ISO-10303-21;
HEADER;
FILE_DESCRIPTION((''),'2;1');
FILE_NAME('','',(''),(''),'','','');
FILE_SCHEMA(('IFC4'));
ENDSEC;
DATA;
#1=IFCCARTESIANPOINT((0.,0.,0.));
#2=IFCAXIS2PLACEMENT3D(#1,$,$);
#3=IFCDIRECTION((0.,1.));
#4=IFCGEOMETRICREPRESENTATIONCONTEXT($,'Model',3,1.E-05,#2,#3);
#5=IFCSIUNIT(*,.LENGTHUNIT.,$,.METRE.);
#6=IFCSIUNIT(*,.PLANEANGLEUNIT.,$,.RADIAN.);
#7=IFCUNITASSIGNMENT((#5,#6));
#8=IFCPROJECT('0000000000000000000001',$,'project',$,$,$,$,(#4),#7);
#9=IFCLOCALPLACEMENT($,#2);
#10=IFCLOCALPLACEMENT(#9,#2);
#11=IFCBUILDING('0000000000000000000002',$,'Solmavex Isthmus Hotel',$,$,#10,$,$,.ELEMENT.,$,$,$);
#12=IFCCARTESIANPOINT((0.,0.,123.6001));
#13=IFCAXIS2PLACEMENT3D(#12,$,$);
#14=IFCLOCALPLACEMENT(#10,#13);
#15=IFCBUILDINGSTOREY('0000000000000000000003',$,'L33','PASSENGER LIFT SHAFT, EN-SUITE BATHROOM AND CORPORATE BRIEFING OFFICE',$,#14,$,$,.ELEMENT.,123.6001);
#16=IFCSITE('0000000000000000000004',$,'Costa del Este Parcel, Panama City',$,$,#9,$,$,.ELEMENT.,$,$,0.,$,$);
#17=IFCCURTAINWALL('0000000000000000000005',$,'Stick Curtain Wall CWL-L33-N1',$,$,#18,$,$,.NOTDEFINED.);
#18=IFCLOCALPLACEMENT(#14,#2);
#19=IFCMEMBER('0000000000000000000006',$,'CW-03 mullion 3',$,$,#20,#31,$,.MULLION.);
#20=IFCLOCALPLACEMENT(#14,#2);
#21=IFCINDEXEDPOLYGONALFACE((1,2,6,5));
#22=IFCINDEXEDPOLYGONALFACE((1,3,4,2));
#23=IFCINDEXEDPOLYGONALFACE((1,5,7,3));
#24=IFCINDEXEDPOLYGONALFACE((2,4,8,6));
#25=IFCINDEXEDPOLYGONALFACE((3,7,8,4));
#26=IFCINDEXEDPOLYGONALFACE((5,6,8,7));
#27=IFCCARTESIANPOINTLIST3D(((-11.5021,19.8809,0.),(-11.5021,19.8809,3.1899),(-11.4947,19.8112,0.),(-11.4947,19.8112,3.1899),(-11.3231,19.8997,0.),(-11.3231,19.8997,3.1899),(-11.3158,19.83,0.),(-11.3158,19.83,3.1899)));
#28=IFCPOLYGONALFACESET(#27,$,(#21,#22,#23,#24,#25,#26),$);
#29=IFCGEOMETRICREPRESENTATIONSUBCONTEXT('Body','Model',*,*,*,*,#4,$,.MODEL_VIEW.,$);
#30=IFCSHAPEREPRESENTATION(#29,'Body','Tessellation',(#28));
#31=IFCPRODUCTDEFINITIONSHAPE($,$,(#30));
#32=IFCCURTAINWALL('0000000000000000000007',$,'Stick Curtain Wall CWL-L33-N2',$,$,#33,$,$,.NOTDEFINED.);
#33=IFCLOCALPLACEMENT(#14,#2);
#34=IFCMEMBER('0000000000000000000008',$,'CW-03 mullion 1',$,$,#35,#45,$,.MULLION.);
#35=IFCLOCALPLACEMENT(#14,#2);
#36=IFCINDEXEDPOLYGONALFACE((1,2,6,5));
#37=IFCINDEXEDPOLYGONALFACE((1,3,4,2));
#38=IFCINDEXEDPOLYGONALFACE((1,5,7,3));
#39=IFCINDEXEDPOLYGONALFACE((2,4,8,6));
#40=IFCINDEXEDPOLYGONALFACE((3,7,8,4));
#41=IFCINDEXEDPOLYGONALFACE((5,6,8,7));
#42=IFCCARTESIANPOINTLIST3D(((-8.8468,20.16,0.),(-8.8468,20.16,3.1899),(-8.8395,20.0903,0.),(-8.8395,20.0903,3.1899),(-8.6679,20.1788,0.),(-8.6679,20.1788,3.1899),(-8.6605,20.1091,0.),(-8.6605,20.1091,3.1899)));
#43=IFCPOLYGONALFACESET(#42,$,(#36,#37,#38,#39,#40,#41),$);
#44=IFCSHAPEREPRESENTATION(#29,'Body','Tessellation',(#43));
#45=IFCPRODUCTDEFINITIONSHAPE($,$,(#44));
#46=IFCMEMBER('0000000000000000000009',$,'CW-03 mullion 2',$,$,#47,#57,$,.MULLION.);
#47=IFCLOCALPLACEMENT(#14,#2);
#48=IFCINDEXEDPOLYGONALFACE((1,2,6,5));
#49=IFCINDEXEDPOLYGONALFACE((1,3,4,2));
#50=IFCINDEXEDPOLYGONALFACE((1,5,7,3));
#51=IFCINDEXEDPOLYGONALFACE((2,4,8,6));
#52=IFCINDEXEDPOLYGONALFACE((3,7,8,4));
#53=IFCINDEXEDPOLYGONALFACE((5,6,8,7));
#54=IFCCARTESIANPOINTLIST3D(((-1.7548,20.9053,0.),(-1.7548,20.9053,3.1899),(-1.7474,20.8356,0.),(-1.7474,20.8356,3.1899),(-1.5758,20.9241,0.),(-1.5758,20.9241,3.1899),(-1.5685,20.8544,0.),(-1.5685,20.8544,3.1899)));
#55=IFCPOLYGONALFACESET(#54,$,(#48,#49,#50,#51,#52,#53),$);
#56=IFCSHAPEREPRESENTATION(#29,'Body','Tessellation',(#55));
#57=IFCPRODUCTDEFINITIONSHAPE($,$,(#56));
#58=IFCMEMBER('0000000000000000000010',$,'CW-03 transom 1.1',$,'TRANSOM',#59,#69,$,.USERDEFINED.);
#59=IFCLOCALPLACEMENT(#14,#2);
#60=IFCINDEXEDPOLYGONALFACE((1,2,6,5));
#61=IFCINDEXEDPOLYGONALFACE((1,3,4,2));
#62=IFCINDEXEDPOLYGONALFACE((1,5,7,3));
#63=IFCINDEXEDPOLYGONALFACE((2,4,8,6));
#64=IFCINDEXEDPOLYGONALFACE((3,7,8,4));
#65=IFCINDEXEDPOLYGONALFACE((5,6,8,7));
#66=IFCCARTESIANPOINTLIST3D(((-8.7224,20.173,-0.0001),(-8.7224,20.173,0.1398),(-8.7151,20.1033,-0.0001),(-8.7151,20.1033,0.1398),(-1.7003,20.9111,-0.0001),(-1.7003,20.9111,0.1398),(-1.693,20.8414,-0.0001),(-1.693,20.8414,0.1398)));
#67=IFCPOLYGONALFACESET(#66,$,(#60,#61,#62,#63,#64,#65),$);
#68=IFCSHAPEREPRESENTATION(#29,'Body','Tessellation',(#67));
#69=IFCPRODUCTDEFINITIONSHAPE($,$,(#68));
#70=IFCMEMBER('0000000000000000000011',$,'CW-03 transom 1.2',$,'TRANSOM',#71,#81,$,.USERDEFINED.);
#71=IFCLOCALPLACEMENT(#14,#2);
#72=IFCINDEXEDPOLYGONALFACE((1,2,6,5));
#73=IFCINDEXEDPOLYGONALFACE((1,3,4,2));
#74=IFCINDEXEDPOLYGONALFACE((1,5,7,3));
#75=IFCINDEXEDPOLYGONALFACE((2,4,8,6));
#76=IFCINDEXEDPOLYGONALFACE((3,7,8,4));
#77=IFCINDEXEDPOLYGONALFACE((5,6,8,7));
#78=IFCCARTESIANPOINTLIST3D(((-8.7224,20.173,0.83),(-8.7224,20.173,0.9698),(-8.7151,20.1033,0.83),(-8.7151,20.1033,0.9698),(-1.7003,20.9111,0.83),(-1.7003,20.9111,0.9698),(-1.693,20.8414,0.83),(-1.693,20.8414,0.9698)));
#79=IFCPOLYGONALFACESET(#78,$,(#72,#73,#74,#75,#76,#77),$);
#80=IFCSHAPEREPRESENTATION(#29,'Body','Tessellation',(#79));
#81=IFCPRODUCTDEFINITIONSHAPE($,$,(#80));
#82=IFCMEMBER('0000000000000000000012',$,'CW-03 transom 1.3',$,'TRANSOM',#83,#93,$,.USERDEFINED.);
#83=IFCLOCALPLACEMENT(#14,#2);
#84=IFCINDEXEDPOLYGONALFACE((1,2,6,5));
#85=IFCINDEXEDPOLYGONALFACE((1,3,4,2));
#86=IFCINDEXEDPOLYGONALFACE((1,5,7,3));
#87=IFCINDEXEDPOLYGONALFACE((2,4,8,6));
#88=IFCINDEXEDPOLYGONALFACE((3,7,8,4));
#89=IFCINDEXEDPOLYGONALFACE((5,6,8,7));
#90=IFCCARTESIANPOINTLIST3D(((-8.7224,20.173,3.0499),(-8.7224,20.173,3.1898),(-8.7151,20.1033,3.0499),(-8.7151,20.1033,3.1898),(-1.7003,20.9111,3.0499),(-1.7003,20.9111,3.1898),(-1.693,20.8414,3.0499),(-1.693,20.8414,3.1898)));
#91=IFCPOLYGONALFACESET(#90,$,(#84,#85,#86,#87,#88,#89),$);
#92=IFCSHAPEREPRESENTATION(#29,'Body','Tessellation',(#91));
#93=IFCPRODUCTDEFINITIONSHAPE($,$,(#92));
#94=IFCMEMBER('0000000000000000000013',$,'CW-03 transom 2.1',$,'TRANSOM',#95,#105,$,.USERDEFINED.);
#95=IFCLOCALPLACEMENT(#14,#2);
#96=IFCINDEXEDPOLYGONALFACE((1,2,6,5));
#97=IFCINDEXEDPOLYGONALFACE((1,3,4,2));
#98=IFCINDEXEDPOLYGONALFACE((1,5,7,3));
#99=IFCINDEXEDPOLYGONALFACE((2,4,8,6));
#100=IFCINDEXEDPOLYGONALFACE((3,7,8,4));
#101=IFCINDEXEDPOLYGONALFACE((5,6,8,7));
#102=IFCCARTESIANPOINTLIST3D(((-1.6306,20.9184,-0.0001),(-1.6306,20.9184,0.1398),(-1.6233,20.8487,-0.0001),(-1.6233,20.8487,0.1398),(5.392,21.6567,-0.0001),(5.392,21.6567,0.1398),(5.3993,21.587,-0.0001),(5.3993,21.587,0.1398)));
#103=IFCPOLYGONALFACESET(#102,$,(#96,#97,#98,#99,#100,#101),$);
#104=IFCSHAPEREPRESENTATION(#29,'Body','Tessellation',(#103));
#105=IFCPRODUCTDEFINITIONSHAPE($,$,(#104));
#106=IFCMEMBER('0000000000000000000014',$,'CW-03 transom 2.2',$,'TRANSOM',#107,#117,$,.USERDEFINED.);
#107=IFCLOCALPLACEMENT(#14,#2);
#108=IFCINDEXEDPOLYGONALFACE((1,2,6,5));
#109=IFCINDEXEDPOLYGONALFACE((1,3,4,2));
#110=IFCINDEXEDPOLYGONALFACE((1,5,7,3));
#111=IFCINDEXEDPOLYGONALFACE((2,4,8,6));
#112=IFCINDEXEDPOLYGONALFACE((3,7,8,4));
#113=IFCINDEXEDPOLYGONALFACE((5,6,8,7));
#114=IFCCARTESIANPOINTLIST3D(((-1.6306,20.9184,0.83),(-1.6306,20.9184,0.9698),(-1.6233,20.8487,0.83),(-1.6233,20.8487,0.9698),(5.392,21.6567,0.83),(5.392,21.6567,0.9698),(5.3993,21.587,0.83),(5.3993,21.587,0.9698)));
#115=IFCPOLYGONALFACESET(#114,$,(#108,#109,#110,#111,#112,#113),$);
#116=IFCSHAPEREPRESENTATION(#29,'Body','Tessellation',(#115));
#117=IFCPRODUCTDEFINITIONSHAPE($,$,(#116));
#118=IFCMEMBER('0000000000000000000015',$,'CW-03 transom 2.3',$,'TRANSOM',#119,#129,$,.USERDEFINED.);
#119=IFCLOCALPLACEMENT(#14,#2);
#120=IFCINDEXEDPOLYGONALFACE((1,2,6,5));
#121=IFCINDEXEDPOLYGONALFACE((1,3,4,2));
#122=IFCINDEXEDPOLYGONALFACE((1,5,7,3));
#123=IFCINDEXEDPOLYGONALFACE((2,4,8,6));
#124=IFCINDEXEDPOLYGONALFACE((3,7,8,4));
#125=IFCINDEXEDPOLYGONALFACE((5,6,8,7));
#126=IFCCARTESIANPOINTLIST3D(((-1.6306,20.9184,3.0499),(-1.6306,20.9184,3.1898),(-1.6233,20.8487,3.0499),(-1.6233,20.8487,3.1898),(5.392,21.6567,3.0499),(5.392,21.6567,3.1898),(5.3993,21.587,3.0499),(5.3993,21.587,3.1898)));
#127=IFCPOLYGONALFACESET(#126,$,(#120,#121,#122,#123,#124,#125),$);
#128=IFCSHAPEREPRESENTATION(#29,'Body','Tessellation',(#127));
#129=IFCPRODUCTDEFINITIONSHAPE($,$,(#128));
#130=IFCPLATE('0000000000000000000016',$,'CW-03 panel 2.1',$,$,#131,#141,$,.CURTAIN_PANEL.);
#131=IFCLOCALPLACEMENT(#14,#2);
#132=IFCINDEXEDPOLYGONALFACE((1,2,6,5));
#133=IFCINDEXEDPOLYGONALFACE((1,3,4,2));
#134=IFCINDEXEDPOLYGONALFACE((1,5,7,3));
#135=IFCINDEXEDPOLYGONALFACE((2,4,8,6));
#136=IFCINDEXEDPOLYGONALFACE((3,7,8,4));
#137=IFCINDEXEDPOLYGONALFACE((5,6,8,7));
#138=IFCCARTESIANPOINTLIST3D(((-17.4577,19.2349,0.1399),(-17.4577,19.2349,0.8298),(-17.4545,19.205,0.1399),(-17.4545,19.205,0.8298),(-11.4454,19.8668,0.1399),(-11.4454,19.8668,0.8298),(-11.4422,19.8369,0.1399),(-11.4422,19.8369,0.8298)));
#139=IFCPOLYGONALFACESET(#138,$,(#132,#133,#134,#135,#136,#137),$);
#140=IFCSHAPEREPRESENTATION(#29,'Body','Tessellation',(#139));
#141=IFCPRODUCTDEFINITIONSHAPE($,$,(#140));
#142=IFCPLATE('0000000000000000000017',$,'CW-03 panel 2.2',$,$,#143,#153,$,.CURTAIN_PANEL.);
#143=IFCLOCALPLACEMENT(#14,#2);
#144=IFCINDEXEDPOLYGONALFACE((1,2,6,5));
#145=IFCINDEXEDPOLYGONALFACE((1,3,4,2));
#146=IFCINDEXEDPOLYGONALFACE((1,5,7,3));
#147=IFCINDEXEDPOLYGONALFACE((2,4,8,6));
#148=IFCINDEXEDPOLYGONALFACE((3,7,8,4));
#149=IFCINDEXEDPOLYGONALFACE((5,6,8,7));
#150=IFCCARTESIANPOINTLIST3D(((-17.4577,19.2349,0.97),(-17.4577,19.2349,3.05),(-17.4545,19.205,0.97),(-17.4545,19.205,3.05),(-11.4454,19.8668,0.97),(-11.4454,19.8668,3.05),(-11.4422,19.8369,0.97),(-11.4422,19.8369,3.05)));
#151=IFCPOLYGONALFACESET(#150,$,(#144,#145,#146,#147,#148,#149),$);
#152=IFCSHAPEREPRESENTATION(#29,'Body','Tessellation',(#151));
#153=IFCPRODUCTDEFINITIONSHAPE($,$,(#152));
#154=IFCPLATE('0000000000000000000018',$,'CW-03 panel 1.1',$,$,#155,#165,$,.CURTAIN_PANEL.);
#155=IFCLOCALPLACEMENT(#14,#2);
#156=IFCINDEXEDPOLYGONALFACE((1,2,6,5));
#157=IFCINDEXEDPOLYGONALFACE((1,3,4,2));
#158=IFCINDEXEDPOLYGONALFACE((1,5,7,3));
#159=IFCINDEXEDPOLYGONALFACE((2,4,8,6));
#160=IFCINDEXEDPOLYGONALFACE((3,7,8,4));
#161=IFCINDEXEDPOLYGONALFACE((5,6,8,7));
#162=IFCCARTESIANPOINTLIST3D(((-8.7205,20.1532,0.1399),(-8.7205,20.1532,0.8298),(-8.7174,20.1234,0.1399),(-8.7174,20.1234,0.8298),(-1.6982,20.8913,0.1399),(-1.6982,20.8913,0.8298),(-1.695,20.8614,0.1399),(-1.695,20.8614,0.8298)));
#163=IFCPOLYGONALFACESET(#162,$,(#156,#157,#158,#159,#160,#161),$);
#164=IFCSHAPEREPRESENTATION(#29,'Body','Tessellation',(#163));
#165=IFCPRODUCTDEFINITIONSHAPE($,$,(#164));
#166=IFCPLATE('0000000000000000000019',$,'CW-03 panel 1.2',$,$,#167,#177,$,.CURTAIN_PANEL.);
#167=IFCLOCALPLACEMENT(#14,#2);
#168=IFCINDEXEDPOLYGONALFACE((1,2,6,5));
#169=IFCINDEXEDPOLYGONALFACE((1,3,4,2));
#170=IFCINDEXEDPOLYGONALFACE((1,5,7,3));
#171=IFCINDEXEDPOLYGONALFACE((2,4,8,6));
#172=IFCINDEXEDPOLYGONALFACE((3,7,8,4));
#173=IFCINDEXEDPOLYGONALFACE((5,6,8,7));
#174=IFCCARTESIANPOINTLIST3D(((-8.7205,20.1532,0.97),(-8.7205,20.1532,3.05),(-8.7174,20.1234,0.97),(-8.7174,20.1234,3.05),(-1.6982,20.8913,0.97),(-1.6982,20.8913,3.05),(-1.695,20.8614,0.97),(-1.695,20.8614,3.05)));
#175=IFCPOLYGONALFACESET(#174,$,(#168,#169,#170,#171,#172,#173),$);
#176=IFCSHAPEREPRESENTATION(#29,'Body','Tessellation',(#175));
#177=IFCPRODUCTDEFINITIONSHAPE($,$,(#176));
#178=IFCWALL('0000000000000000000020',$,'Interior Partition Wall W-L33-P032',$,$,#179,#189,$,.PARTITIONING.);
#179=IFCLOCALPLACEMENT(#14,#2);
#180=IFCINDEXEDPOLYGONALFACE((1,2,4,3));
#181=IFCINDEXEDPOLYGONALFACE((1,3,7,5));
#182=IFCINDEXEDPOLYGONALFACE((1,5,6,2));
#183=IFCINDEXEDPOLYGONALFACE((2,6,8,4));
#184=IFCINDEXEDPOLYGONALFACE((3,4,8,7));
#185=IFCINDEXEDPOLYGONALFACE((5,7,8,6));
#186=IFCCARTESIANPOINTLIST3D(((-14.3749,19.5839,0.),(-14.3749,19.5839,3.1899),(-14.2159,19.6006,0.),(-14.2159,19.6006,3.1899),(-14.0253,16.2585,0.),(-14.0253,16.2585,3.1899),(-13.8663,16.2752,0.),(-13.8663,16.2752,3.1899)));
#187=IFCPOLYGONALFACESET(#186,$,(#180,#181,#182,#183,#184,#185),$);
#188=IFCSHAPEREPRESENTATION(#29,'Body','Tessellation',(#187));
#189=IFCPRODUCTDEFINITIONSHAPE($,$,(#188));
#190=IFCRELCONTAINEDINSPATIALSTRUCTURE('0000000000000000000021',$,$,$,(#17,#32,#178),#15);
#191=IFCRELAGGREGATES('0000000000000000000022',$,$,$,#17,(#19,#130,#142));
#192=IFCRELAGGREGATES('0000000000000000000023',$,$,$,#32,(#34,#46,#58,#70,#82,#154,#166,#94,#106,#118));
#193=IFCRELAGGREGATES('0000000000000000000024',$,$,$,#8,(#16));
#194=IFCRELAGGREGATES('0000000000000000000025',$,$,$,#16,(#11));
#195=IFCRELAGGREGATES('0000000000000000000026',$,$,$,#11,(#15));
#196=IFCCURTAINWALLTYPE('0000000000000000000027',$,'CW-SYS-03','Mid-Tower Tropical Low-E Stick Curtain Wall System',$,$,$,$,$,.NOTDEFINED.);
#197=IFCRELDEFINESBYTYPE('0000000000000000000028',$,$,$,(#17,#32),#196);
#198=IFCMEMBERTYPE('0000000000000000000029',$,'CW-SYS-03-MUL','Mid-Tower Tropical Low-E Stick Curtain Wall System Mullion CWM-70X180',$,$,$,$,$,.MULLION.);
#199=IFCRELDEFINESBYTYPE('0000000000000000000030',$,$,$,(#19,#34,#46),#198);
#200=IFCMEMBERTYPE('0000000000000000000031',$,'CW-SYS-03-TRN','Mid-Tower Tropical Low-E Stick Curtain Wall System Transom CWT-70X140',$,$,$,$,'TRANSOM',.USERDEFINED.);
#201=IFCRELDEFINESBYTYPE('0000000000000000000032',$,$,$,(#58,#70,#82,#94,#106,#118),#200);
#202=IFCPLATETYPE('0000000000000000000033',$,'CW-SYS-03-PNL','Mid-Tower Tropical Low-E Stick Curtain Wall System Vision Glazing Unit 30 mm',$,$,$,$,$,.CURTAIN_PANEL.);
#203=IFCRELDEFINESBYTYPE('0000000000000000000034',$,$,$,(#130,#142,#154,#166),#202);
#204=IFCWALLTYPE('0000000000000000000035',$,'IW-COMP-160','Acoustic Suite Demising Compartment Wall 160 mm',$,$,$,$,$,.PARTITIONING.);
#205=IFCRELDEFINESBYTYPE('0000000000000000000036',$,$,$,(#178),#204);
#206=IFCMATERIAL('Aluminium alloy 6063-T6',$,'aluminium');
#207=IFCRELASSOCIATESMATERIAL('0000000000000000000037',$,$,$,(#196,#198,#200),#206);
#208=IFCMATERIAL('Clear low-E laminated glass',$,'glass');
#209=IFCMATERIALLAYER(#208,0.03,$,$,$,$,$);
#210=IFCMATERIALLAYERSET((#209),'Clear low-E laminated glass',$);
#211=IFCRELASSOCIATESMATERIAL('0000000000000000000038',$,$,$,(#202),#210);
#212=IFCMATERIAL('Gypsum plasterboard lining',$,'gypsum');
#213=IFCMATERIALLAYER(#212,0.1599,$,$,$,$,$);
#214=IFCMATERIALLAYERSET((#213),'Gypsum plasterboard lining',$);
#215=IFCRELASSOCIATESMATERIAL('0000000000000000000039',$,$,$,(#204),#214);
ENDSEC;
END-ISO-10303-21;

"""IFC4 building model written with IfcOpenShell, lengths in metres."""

from ifc_helpers import new_model, si_unit, direction, frame, frame_2d, origin, origin_2d, place, context, subcontext, project, spatial, rectangle, extrude, material, layer, layer_set, material_profile, profile_set, type_object, element, aggregate, save


model = new_model("IFC4")

# Units and contexts
model_context = context("Model", 3, precision=1e-05, world=origin(), true_north=direction((0.0, 1.0)))
body_context = subcontext(model_context, "Body", "Model", "MODEL_VIEW")
ifc_project = project(units=[si_unit("LENGTHUNIT", "METRE"), si_unit("PLANEANGLEUNIT", "RADIAN")], contexts=[model_context])

# Site, building, storey
site_placement = place(None, origin())
site = spatial("IfcSite", under=ifc_project, at=site_placement, Name="Costa del Este Parcel, Panama City", CompositionType="ELEMENT", RefElevation=0.0)
building_placement = place(site_placement, origin())
building = spatial("IfcBuilding", under=site, at=building_placement, Name="Solmavex Isthmus Hotel", CompositionType="ELEMENT")
storey_placement = place(building_placement, frame((0.0, 0.0, 123.6001)))
storey = spatial("IfcBuildingStorey", under=building, at=storey_placement, Name="L33", Description="PASSENGER LIFT SHAFT, EN-SUITE BATHROOM AND CORPORATE BRIEFING OFFICE", CompositionType="ELEMENT", Elevation=123.6001)

# Curtain wall, member
ifc_material_1 = material(Name="Aluminium alloy 6063-T6", Category="aluminium")
curtain_wall_type = type_object("IfcCurtainWallType", Name="CW-SYS-03", Description="Mid-Tower Tropical Low-E Stick Curtain Wall System", PredefinedType="NOTDEFINED", material=ifc_material_1)
curtain_wall_1_placement = place(storey_placement, origin())
curtain_wall_1 = element("IfcCurtainWall", 1, at=curtain_wall_1_placement, inside=storey, type_object=curtain_wall_type, Name="Stick Curtain Wall CWL-L33-N1", PredefinedType="NOTDEFINED")
ifc_material_profile_1 = material_profile(ifc_material_1, rectangle(XDim=0.0701, YDim=0.1799, at=origin_2d()), Name="CWM-70X180")
ifc_profile_set_1 = profile_set([ifc_material_profile_1], Name="Aluminium alloy 6063-T6")
member_type_1 = type_object("IfcMemberType", Name="CW-SYS-03-MUL", Description="Mid-Tower Tropical Low-E Stick Curtain Wall System Mullion CWM-70X180", PredefinedType="MULLION", material=ifc_profile_set_1)
member_1_placement = place(storey_placement, frame((-11.4089, 19.8555, 0.0), z_axis=(0.0, 0.0, 1.0), x_axis=(-0.104528, 0.994522, 0.0)))
member_1 = element("IfcMember", 2, at=member_1_placement, type_object=member_type_1, Name="CW-03 mullion 3", PredefinedType="MULLION", context=body_context, shape_type="SweptSolid", body=[
    extrude(rectangle(XDim=0.0701, YDim=0.1799, at=origin_2d()), origin(), (0.0, 0.0, 1.0), 3.1899),
])

# Curtain wall, members
curtain_wall_2_placement = place(storey_placement, origin())
curtain_wall_2 = element("IfcCurtainWall", 3, at=curtain_wall_2_placement, inside=storey, type_object=curtain_wall_type, Name="Stick Curtain Wall CWL-L33-N2", PredefinedType="NOTDEFINED")
member_2_placement = place(storey_placement, frame((-8.7537, 20.1345, 0.0), z_axis=(0.0, 0.0, 1.0), x_axis=(-0.104528, 0.994522, 0.0)))
member_2 = element("IfcMember", 4, at=member_2_placement, type_object=member_type_1, Name="CW-03 mullion 1", PredefinedType="MULLION", context=body_context, shape_type="SweptSolid", body=[
    extrude(rectangle(XDim=0.0701, YDim=0.1799, at=origin_2d()), origin(), (0.0, 0.0, 1.0), 3.1899),
])
member_3_placement = place(storey_placement, frame((-1.6616, 20.8799, 0.0), z_axis=(0.0, 0.0, 1.0), x_axis=(-0.104528, 0.994522, 0.0)))
member_3 = element("IfcMember", 5, at=member_3_placement, type_object=member_type_1, Name="CW-03 mullion 2", PredefinedType="MULLION", context=body_context, shape_type="SweptSolid", body=[
    extrude(rectangle(XDim=0.0701, YDim=0.1799, at=origin_2d()), origin(), (0.0, 0.0, 1.0), 3.1899),
])
ifc_material_profile_2 = material_profile(ifc_material_1, rectangle(XDim=0.0701, YDim=0.1399, at=origin_2d()), Name="CWT-70X140")
ifc_profile_set_2 = profile_set([ifc_material_profile_2], Name="Aluminium alloy 6063-T6")
member_type_2 = type_object("IfcMemberType", Name="CW-SYS-03-TRN", Description="Mid-Tower Tropical Low-E Stick Curtain Wall System Transom CWT-70X140", ElementType="TRANSOM", PredefinedType="USERDEFINED", material=ifc_profile_set_2)
member_4_placement = place(storey_placement, frame((-8.7188, 20.1382, 0.0698), z_axis=(0.994522, 0.104525, 0.0), x_axis=(-0.104525, 0.994522, 0.0)))
member_4 = element("IfcMember", 6, at=member_4_placement, type_object=member_type_2, Name="CW-03 transom 1.1", ObjectType="TRANSOM", PredefinedType="USERDEFINED", context=body_context, shape_type="SweptSolid", body=[
    extrude(rectangle(XDim=0.0701, YDim=0.1399, at=origin_2d()), origin(), (0.0, 0.0, 1.0), 7.0608),
])
member_5_placement = place(storey_placement, frame((-8.7188, 20.1382, 0.8999), z_axis=(0.994522, 0.104525, 0.0), x_axis=(-0.104525, 0.994522, 0.0)))
member_5 = element("IfcMember", 7, at=member_5_placement, type_object=member_type_2, Name="CW-03 transom 1.2", ObjectType="TRANSOM", PredefinedType="USERDEFINED", context=body_context, shape_type="SweptSolid", body=[
    extrude(rectangle(XDim=0.0701, YDim=0.1399, at=origin_2d()), origin(), (0.0, 0.0, 1.0), 7.0608),
])
member_6_placement = place(storey_placement, frame((-8.7188, 20.1382, 3.1199), z_axis=(0.994522, 0.104525, 0.0), x_axis=(-0.104525, 0.994522, 0.0)))
member_6 = element("IfcMember", 8, at=member_6_placement, type_object=member_type_2, Name="CW-03 transom 1.3", ObjectType="TRANSOM", PredefinedType="USERDEFINED", context=body_context, shape_type="SweptSolid", body=[
    extrude(rectangle(XDim=0.0701, YDim=0.1399, at=origin_2d()), origin(), (0.0, 0.0, 1.0), 7.0608),
])
member_7_placement = place(storey_placement, frame((-1.627, 20.8835, 0.0698), z_axis=(0.994519, 0.104555, 0.0), x_axis=(-0.104555, 0.994519, 0.0)))
member_7 = element("IfcMember", 9, at=member_7_placement, type_object=member_type_2, Name="CW-03 transom 2.1", ObjectType="TRANSOM", PredefinedType="USERDEFINED", context=body_context, shape_type="SweptSolid", body=[
    extrude(rectangle(XDim=0.0701, YDim=0.1399, at=origin_2d()), origin(), (0.0, 0.0, 1.0), 7.0613),
])
member_8_placement = place(storey_placement, frame((-1.627, 20.8835, 0.8999), z_axis=(0.994519, 0.104555, 0.0), x_axis=(-0.104555, 0.994519, 0.0)))
member_8 = element("IfcMember", 10, at=member_8_placement, type_object=member_type_2, Name="CW-03 transom 2.2", ObjectType="TRANSOM", PredefinedType="USERDEFINED", context=body_context, shape_type="SweptSolid", body=[
    extrude(rectangle(XDim=0.0701, YDim=0.1399, at=origin_2d()), origin(), (0.0, 0.0, 1.0), 7.0613),
])
member_9_placement = place(storey_placement, frame((-1.627, 20.8835, 3.1199), z_axis=(0.994519, 0.104555, 0.0), x_axis=(-0.104555, 0.994519, 0.0)))
member_9 = element("IfcMember", 11, at=member_9_placement, type_object=member_type_2, Name="CW-03 transom 2.3", ObjectType="TRANSOM", PredefinedType="USERDEFINED", context=body_context, shape_type="SweptSolid", body=[
    extrude(rectangle(XDim=0.0701, YDim=0.1399, at=origin_2d()), origin(), (0.0, 0.0, 1.0), 7.0613),
])

# Plates
ifc_material_2 = material(Name="Clear low-E laminated glass", Category="glass")
ifc_layer_1 = layer(ifc_material_2, 0.03)
ifc_layer_set_1 = layer_set([ifc_layer_1], Name="Clear low-E laminated glass")
plate_type = type_object("IfcPlateType", Name="CW-SYS-03-PNL", Description="Mid-Tower Tropical Low-E Stick Curtain Wall System Vision Glazing Unit 30 mm", PredefinedType="CURTAIN_PANEL", material=ifc_layer_set_1)
plate_1_placement = place(storey_placement, frame((-14.45, 19.5359, 0.1399), z_axis=(0.0, 0.0, 1.0), x_axis=(0.994522, 0.104528, 0.0)))
plate_1 = element("IfcPlate", 12, at=plate_1_placement, type_object=plate_type, Name="CW-03 panel 2.1", PredefinedType="CURTAIN_PANEL", context=body_context, shape_type="SweptSolid", body=[
    extrude(rectangle(XDim=6.0454, YDim=0.03, at=origin_2d()), origin(), (0.0, 0.0, 1.0), 0.6899),
])
plate_2_placement = place(storey_placement, frame((-14.45, 19.5359, 0.97), z_axis=(0.0, 0.0, 1.0), x_axis=(0.994522, 0.104528, 0.0)))
plate_2 = element("IfcPlate", 13, at=plate_2_placement, type_object=plate_type, Name="CW-03 panel 2.2", PredefinedType="CURTAIN_PANEL", context=body_context, shape_type="SweptSolid", body=[
    extrude(rectangle(XDim=6.0454, YDim=0.03, at=origin_2d()), origin(), (0.0, 0.0, 1.0), 2.0801),
])
aggregate(curtain_wall_1, [member_1, plate_1, plate_2])
plate_3_placement = place(storey_placement, frame((-5.2078, 20.5073, 0.1399), z_axis=(0.0, 0.0, 1.0), x_axis=(0.994522, 0.104528, 0.0)))
plate_3 = element("IfcPlate", 14, at=plate_3_placement, type_object=plate_type, Name="CW-03 panel 1.1", PredefinedType="CURTAIN_PANEL", context=body_context, shape_type="SweptSolid", body=[
    extrude(rectangle(XDim=7.061, YDim=0.03, at=origin_2d()), origin(), (0.0, 0.0, 1.0), 0.6899),
])
plate_4_placement = place(storey_placement, frame((-5.2078, 20.5073, 0.97), z_axis=(0.0, 0.0, 1.0), x_axis=(0.994522, 0.104528, 0.0)))
plate_4 = element("IfcPlate", 15, at=plate_4_placement, type_object=plate_type, Name="CW-03 panel 1.2", PredefinedType="CURTAIN_PANEL", context=body_context, shape_type="SweptSolid", body=[
    extrude(rectangle(XDim=7.061, YDim=0.03, at=origin_2d()), origin(), (0.0, 0.0, 1.0), 2.0801),
])
aggregate(curtain_wall_2, [member_2, member_3, member_4, member_5, member_6, plate_3, plate_4, member_7, member_8, member_9])

# Wall
ifc_material_3 = material(Name="Gypsum plasterboard lining", Category="gypsum")
ifc_layer_2 = layer(ifc_material_3, 0.1599)
ifc_layer_set_2 = layer_set([ifc_layer_2], Name="Gypsum plasterboard lining")
wall_type_1 = type_object("IfcWallType", Name="IW-COMP-160", Description="Acoustic Suite Demising Compartment Wall 160 mm", PredefinedType="PARTITIONING", material=ifc_layer_set_2)
wall_1_placement = place(storey_placement, frame((-14.2954, 19.5923, 0.0), z_axis=(0.0, 0.0, 1.0), x_axis=(0.104556, -0.994519, 0.0)))
element("IfcWall", 16, at=wall_1_placement, inside=storey, type_object=wall_type_1, Name="Interior Partition Wall W-L33-P032", PredefinedType="PARTITIONING", context=body_context, shape_type="SweptSolid", body=[
    extrude(rectangle(XDim=3.3438, YDim=0.1599, at=frame_2d((1.6719, 0.0))), origin(), (0.0, 0.0, 1.0), 3.1899),
])

save(model, "model.ifc")
